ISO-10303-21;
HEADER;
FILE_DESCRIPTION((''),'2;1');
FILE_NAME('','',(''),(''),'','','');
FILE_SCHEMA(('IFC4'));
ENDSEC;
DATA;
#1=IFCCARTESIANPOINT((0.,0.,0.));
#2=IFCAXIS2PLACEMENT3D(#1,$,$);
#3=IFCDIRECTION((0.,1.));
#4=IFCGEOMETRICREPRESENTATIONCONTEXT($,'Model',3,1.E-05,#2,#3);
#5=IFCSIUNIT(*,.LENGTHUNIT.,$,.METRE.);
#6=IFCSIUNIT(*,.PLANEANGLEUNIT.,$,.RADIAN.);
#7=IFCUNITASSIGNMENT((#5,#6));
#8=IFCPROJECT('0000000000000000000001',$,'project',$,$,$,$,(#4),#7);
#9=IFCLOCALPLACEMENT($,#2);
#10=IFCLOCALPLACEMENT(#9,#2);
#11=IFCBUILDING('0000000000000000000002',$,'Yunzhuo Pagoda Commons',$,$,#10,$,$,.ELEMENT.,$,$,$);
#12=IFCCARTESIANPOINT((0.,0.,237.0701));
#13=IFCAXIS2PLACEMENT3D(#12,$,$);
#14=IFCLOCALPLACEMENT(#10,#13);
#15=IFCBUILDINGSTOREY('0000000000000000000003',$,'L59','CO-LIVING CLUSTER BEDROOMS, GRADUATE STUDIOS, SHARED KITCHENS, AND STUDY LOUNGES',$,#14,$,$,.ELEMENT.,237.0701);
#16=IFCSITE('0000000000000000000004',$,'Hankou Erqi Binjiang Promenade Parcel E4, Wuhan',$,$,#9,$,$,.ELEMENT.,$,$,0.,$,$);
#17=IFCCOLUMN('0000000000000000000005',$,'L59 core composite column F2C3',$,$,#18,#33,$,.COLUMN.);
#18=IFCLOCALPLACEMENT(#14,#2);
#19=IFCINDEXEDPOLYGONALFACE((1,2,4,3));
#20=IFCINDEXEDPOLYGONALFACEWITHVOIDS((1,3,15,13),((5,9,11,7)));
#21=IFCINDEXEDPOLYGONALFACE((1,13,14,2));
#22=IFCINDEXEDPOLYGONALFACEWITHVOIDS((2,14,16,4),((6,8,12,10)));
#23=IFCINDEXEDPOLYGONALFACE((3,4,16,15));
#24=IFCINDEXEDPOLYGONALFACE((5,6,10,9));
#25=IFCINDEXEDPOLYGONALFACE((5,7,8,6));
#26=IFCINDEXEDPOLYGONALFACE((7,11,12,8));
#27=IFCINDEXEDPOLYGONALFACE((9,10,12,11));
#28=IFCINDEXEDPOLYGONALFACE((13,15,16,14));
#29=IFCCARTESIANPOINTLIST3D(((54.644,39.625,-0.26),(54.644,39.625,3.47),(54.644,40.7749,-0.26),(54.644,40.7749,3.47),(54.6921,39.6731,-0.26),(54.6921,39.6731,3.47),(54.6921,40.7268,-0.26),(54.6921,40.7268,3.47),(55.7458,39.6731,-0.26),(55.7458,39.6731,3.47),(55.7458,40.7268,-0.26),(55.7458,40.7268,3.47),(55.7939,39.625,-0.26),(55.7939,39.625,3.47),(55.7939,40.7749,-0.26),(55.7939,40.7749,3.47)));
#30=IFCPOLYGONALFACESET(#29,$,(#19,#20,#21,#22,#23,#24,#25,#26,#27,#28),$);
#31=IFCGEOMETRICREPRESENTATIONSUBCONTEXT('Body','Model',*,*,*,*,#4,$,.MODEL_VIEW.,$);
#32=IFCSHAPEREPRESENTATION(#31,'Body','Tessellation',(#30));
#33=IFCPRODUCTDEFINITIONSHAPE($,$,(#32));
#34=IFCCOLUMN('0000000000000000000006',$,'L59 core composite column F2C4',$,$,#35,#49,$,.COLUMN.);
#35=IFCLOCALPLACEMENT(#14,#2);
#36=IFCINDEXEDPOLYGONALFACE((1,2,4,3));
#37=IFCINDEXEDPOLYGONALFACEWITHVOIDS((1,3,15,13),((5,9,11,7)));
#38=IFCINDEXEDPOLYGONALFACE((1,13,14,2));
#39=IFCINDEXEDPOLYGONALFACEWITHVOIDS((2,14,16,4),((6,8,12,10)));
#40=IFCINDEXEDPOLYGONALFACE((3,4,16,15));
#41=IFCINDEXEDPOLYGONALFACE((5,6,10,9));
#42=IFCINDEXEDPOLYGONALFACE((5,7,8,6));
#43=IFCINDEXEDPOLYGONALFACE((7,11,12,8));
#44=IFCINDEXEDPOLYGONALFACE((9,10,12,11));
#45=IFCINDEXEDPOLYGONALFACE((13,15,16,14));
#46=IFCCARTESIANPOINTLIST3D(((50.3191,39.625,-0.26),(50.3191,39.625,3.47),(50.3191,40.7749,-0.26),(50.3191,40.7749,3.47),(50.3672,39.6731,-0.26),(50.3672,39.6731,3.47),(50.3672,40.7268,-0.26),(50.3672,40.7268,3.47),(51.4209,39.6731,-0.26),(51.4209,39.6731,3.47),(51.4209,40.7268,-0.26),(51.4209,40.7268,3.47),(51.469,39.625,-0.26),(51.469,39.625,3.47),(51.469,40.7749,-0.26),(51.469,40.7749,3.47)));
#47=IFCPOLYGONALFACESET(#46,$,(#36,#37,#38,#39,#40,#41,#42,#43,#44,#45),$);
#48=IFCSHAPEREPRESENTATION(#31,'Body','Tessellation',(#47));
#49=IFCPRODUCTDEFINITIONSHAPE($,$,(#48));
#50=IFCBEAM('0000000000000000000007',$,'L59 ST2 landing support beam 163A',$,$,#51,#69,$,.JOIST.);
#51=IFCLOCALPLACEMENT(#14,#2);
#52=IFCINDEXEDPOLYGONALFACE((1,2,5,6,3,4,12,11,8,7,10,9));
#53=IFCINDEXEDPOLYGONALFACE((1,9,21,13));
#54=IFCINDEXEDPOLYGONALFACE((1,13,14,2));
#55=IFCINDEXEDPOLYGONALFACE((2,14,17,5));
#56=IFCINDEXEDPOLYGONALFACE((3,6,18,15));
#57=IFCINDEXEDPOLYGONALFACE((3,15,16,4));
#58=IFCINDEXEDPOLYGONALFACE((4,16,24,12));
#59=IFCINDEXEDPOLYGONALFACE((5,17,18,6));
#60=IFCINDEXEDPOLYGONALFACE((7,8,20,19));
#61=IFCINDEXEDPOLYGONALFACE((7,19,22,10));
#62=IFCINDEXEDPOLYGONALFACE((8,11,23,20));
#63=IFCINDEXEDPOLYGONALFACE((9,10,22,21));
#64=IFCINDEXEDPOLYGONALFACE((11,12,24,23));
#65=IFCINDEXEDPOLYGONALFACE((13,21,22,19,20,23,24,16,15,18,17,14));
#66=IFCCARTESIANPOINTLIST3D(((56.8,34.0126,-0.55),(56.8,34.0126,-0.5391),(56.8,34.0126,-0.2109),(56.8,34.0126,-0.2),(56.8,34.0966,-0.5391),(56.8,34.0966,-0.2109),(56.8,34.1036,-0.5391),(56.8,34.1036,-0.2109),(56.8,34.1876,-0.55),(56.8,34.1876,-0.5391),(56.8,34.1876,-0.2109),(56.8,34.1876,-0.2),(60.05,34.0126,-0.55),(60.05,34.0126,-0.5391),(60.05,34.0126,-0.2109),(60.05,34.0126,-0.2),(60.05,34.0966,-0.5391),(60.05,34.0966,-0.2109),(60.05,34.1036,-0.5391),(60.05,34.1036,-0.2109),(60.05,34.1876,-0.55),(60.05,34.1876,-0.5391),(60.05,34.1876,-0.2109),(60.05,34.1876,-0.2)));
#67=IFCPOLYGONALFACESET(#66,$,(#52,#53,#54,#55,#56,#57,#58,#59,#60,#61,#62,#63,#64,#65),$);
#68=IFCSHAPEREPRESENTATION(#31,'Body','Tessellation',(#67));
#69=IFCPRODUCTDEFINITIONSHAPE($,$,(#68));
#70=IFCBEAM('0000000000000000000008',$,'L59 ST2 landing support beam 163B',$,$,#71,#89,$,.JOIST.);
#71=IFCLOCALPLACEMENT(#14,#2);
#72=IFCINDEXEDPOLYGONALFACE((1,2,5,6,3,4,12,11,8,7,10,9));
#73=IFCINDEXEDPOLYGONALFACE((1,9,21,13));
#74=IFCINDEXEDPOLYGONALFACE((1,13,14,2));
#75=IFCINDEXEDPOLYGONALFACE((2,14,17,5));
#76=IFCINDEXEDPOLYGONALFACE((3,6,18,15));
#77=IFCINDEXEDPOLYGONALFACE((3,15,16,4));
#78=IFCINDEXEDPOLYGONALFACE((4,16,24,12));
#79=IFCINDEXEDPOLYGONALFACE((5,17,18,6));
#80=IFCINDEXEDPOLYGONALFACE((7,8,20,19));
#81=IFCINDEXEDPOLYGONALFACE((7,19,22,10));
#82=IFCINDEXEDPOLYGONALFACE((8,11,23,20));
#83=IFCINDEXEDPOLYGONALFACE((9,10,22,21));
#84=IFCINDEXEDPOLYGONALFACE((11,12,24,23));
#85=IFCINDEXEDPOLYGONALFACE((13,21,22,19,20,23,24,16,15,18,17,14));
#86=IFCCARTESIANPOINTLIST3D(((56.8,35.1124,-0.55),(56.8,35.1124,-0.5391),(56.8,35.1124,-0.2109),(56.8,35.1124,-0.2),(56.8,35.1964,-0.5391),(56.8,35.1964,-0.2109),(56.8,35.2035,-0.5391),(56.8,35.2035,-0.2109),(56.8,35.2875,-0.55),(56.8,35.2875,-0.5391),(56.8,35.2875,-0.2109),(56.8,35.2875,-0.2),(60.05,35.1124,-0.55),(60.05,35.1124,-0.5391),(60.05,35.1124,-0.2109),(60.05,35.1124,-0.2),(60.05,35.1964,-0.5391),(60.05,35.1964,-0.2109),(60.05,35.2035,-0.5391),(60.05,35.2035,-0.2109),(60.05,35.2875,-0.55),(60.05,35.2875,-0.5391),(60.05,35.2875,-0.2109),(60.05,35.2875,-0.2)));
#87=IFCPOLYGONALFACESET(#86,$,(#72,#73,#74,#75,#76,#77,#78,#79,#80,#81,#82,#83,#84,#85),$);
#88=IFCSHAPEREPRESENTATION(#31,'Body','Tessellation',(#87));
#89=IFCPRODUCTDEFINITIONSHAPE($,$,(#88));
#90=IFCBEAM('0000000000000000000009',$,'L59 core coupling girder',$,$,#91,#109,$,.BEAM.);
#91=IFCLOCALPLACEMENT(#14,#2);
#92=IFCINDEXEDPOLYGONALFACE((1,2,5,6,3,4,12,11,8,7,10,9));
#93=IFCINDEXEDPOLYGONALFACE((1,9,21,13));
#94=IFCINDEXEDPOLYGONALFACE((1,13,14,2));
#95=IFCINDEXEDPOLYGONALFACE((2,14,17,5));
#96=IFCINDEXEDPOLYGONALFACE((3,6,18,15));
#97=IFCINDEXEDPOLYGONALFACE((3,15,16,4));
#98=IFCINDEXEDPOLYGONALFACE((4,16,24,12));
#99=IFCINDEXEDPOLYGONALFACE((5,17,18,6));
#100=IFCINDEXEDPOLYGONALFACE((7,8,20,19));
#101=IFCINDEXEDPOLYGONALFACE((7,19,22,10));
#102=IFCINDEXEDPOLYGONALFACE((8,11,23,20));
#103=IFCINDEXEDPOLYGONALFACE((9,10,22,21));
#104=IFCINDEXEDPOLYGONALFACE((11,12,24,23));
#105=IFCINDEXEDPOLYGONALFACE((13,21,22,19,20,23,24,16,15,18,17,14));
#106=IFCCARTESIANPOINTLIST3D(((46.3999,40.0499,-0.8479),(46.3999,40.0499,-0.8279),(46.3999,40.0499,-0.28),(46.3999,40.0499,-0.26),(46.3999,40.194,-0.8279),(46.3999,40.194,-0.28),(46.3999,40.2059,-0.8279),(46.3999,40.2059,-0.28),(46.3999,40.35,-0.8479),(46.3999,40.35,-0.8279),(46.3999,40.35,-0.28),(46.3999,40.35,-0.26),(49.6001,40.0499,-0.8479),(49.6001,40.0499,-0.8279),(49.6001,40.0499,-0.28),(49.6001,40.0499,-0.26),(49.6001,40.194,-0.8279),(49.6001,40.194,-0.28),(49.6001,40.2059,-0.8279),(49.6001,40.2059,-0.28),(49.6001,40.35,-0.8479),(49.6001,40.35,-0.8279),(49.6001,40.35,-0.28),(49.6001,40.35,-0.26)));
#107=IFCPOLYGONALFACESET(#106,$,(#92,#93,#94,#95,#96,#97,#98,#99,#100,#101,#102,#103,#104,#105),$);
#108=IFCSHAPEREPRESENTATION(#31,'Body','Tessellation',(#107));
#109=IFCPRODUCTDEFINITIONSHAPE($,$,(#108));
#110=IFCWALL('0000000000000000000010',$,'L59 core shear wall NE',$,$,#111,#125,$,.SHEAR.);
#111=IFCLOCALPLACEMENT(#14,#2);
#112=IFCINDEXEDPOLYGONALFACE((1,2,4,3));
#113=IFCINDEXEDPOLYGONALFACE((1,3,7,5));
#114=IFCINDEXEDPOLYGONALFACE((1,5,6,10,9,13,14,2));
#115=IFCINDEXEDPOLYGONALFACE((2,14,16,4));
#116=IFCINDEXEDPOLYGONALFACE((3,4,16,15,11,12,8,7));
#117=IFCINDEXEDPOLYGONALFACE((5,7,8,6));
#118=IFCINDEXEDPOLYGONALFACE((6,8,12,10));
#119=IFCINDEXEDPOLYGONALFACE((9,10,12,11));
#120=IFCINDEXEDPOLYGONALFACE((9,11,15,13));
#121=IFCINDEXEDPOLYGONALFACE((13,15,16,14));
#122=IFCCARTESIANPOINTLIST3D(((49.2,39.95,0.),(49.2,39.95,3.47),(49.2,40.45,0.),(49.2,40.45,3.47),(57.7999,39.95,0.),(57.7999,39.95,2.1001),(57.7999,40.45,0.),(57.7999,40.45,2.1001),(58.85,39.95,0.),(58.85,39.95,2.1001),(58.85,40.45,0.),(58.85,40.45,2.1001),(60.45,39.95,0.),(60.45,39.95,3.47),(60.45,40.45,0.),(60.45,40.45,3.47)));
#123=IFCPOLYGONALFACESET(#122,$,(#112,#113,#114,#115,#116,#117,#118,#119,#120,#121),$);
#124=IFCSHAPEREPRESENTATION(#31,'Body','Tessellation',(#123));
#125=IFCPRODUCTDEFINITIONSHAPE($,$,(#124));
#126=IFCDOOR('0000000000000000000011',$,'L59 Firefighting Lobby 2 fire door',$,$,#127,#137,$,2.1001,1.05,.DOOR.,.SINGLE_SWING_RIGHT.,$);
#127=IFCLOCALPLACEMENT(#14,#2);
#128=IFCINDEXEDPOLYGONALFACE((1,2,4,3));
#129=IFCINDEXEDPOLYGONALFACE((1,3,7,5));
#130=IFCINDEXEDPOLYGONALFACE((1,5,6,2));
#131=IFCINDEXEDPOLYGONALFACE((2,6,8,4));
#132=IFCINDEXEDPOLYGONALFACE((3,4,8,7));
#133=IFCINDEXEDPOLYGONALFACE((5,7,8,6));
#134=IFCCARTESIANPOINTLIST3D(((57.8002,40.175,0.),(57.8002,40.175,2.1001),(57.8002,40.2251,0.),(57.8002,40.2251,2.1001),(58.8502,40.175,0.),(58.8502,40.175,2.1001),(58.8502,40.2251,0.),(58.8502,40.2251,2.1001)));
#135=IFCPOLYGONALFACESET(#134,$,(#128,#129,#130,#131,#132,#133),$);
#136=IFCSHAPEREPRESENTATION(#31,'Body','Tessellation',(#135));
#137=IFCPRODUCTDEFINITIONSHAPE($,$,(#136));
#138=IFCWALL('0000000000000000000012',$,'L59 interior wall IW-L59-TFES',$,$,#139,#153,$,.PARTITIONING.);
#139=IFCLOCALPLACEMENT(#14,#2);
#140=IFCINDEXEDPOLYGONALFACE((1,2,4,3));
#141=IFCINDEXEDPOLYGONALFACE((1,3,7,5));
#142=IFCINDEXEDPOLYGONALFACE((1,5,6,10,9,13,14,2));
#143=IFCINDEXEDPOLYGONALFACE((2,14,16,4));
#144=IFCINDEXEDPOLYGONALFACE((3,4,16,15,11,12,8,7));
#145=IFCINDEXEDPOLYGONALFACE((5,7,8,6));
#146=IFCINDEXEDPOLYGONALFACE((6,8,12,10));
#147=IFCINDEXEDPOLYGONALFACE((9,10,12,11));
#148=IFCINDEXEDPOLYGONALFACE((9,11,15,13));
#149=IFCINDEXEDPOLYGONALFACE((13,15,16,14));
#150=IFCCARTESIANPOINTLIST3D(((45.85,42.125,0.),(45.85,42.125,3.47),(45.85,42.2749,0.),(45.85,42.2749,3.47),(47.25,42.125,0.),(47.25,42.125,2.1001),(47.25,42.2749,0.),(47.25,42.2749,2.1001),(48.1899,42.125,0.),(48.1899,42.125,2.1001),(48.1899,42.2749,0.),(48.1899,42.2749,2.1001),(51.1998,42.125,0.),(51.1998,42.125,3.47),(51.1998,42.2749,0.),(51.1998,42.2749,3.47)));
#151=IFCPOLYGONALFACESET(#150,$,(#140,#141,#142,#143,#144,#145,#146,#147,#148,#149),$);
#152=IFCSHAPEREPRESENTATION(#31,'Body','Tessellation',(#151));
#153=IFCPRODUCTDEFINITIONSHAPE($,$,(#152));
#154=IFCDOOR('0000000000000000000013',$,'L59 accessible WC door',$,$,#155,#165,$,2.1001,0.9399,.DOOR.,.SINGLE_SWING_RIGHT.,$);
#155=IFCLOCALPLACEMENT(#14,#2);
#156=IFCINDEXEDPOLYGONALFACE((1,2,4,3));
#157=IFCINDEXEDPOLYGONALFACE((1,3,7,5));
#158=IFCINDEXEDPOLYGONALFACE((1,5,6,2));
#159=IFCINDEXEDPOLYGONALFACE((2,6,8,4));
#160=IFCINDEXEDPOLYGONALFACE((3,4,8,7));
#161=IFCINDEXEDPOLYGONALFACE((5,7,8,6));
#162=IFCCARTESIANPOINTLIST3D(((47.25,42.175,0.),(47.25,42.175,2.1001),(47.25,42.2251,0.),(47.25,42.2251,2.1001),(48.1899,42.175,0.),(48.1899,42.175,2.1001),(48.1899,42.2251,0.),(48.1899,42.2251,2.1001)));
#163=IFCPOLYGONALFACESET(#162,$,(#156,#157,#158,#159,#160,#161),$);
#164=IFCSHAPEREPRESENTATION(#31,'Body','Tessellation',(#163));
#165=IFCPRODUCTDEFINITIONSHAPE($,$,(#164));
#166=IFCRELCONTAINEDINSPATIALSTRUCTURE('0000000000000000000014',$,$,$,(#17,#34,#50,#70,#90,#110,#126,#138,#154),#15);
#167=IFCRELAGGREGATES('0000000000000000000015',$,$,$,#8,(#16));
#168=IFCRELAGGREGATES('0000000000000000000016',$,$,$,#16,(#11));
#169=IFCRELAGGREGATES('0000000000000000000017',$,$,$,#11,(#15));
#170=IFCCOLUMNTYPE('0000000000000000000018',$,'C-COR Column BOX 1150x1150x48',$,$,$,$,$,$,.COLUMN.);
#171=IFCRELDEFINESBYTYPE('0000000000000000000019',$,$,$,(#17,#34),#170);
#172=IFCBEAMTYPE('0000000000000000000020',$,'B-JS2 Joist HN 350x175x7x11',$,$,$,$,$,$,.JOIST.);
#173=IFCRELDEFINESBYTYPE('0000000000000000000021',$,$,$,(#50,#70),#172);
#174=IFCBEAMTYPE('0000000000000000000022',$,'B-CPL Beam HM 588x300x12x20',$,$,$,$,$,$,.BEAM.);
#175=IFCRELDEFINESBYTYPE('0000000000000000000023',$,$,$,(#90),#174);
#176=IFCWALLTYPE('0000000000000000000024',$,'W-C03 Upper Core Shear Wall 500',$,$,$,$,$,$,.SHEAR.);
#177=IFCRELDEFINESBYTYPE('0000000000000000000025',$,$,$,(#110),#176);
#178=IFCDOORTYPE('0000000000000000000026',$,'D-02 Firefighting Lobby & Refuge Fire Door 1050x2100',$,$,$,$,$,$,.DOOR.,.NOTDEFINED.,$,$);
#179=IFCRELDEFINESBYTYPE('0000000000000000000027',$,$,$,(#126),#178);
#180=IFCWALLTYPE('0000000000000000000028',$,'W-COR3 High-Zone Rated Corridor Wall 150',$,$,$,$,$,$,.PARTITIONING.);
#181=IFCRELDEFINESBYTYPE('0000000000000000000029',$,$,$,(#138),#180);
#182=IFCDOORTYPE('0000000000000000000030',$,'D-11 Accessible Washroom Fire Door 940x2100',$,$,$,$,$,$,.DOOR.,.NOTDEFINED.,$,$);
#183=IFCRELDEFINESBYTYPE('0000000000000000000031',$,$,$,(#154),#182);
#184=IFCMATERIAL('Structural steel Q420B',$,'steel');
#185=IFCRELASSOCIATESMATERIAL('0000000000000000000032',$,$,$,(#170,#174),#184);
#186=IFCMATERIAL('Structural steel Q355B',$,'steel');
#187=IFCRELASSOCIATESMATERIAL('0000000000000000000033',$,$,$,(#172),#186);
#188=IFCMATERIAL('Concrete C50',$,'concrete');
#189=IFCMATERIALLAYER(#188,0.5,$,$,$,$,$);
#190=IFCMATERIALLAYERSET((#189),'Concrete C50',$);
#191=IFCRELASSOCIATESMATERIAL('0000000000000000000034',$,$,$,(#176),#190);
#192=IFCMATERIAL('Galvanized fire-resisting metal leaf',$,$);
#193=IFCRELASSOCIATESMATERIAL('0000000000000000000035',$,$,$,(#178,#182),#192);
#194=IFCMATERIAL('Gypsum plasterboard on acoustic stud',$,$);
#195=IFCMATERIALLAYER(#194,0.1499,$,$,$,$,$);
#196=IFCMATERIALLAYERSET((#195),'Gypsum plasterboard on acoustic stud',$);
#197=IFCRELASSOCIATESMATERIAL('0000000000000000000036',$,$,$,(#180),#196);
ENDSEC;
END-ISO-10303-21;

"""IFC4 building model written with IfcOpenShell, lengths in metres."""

from ifc_helpers import new_model, si_unit, direction, frame, frame_2d, origin, origin_2d, place, context, subcontext, project, spatial, rectangle, hollow_rectangle, i_section, extrude, source, transform, mapped, material, layer, layer_set, material_profile, profile_set, type_object, element, fill, save


model = new_model("IFC4")

# Units and contexts
model_context = context("Model", 3, precision=1e-05, world=origin(), true_north=direction((0.0, 1.0)))
body_context = subcontext(model_context, "Body", "Model", "MODEL_VIEW")
ifc_project = project(units=[si_unit("LENGTHUNIT", "METRE"), si_unit("PLANEANGLEUNIT", "RADIAN")], contexts=[model_context])

# Site, building, storey
site_placement = place(None, origin())
site = spatial("IfcSite", under=ifc_project, at=site_placement, Name="Hankou Erqi Binjiang Promenade Parcel E4, Wuhan", CompositionType="ELEMENT", RefElevation=0.0)
building_placement = place(site_placement, origin())
building = spatial("IfcBuilding", under=site, at=building_placement, Name="Yunzhuo Pagoda Commons", CompositionType="ELEMENT")
storey_placement = place(building_placement, frame((0.0, 0.0, 237.0701)))
storey = spatial("IfcBuildingStorey", under=building, at=storey_placement, Name="L59", Description="CO-LIVING CLUSTER BEDROOMS, GRADUATE STUDIOS, SHARED KITCHENS, AND STUDY LOUNGES", CompositionType="ELEMENT", Elevation=237.0701)

# Columns
ifc_material_1 = material(Name="Structural steel Q420B", Category="steel")
ifc_material_profile_1 = material_profile(ifc_material_1, hollow_rectangle(XDim=1.1499, YDim=1.1499, WallThickness=0.0481, at=origin_2d()), Name="Structural steel Q420B")
ifc_profile_set_1 = profile_set([ifc_material_profile_1], Name="Structural steel Q420B")
column_type = type_object("IfcColumnType", Name="C-COR Column BOX 1150x1150x48", PredefinedType="COLUMN", material=ifc_profile_set_1)
shared_shape_1 = source(origin(), body_context, "Body", "SweptSolid", [
    extrude(hollow_rectangle(XDim=1.1499, YDim=1.1499, WallThickness=0.0481, at=origin_2d()), origin(), (0.0, 0.0, 1.0), 3.73),
])
for number, where, z_axis, x_axis, name in (
    (1, (55.219, 40.2, -0.26), (0.0, 0.0, 1.0), (1.0, 0.0, 0.0), "L59 core composite column F2C3"),
    (2, (50.894, 40.2, -0.26), (0.0, 0.0, 1.0), (1.0, 0.0, 0.0), "L59 core composite column F2C4"),
):
    element("IfcColumn", number, at=place(storey_placement, frame(where, z_axis=z_axis, x_axis=x_axis)), inside=storey, type_object=column_type, Name=name, PredefinedType="COLUMN", context=body_context, shape_type="MappedRepresentation", body=[
        mapped(shared_shape_1, transform((0.0, 0.0, 0.0), scale=1.0)),
    ])

# Beams
ifc_material_2 = material(Name="Structural steel Q355B", Category="steel")
ifc_material_profile_2 = material_profile(ifc_material_2, i_section(OverallWidth=0.175, OverallDepth=0.3501, WebThickness=0.0071, FlangeThickness=0.011, at=origin_2d()), Name="Structural steel Q355B")
ifc_profile_set_2 = profile_set([ifc_material_profile_2], Name="Structural steel Q355B")
beam_type_1 = type_object("IfcBeamType", Name="B-JS2 Joist HN 350x175x7x11", PredefinedType="JOIST", material=ifc_profile_set_2)
shared_shape_2 = source(origin(), body_context, "Body", "SweptSolid", [
    extrude(i_section(OverallWidth=0.175, OverallDepth=0.3501, WebThickness=0.0071, FlangeThickness=0.011, at=origin_2d()), origin(), (0.0, 0.0, 1.0), 3.25),
])
for number, where, z_axis, x_axis, name in (
    (3, (56.8, 34.1001, -0.375), (1.0, 0.0, 0.0), (0.0, 1.0, 0.0), "L59 ST2 landing support beam 163A"),
    (4, (56.8, 35.2, -0.375), (1.0, 0.0, 0.0), (0.0, 1.0, 0.0), "L59 ST2 landing support beam 163B"),
):
    element("IfcBeam", number, at=place(storey_placement, frame(where, z_axis=z_axis, x_axis=x_axis)), inside=storey, type_object=beam_type_1, Name=name, PredefinedType="JOIST", context=body_context, shape_type="MappedRepresentation", body=[
        mapped(shared_shape_2, transform((0.0, 0.0, 0.0), scale=1.0)),
    ])
ifc_material_profile_3 = material_profile(ifc_material_1, i_section(OverallWidth=0.3, OverallDepth=0.5879, WebThickness=0.012, FlangeThickness=0.02, at=origin_2d()), Name="Structural steel Q420B")
ifc_profile_set_3 = profile_set([ifc_material_profile_3], Name="Structural steel Q420B")
beam_type_2 = type_object("IfcBeamType", Name="B-CPL Beam HM 588x300x12x20", PredefinedType="BEAM", material=ifc_profile_set_3)
shared_shape_3 = source(origin(), body_context, "Body", "SweptSolid", [
    extrude(i_section(OverallWidth=0.3, OverallDepth=0.5879, WebThickness=0.012, FlangeThickness=0.02, at=origin_2d()), origin(), (0.0, 0.0, 1.0), 3.2002),
])
beam_placement = place(storey_placement, frame((46.3999, 40.2, -0.554), z_axis=(1.0, 0.0, 0.0), x_axis=(0.0, 1.0, 0.0)))
element("IfcBeam", 5, at=beam_placement, inside=storey, type_object=beam_type_2, Name="L59 core coupling girder", PredefinedType="BEAM", context=body_context, shape_type="MappedRepresentation", body=[
    mapped(shared_shape_3, transform((0.0, 0.0, 0.0), scale=1.0)),
])

# Walls, openings, doors
ifc_material_3 = material(Name="Concrete C50", Category="concrete")
ifc_layer_1 = layer(ifc_material_3, 0.5)
ifc_layer_set_1 = layer_set([ifc_layer_1], Name="Concrete C50")
wall_type_1 = type_object("IfcWallType", Name="W-C03 Upper Core Shear Wall 500", PredefinedType="SHEAR", material=ifc_layer_set_1)
wall_1_placement = place(storey_placement, frame((49.2, 40.2, 0.0), z_axis=(0.0, 0.0, 1.0), x_axis=(1.0, 0.0, 0.0)))
wall_1 = element("IfcWall", 6, at=wall_1_placement, inside=storey, type_object=wall_type_1, Name="L59 core shear wall NE", PredefinedType="SHEAR", context=body_context, shape_type="SweptSolid", body=[
    extrude(rectangle(XDim=11.25, YDim=0.5, at=frame_2d((5.625, 0.0))), origin(), (0.0, 0.0, 1.0), 3.47),
])
opening_1_placement = place(wall_1_placement, frame((8.6001, 0.0, 0.0)))
opening_1 = element("IfcOpeningElement", 7, at=opening_1_placement, cuts=wall_1, PredefinedType="OPENING", context=body_context, shape_type="SweptSolid", body=[
    extrude(rectangle(XDim=1.05, YDim=2.1001, at=frame_2d((0.5249, 1.05))), frame((0.0, 0.26, 0.0), z_axis=(0.0, -1.0, 0.0), x_axis=(1.0, 0.0, 0.0)), (0.0, 0.0, 1.0), 0.52),
])
ifc_material_4 = material(Name="Galvanized fire-resisting metal leaf")
door_type_1 = type_object("IfcDoorType", Name="D-02 Firefighting Lobby & Refuge Fire Door 1050x2100", OperationType="NOTDEFINED", PredefinedType="DOOR", material=ifc_material_4)
shared_shape_4 = source(origin(), body_context, "Body", "SweptSolid", [
    extrude(rectangle(XDim=1.05, YDim=2.1001, at=frame_2d((0.5249, 1.05))), frame((0.0, 0.0249, 0.0), z_axis=(0.0, -1.0, 0.0), x_axis=(1.0, 0.0, 0.0)), (0.0, 0.0, 1.0), 0.05),
])
door_1_placement = place(opening_1_placement, frame((1.05, 0.0, 0.0), z_axis=(0.0, 0.0, 1.0), x_axis=(-1.0, 0.0, 0.0)))
door_1 = element("IfcDoor", 8, at=door_1_placement, inside=storey, type_object=door_type_1, Name="L59 Firefighting Lobby 2 fire door", OperationType="SINGLE_SWING_RIGHT", OverallHeight=2.1001, OverallWidth=1.05, PredefinedType="DOOR", context=body_context, shape_type="MappedRepresentation", body=[
    mapped(shared_shape_4, transform((0.0, 0.0, 0.0), scale=1.0)),
])
fill(opening_1, door_1)
ifc_material_5 = material(Name="Gypsum plasterboard on acoustic stud")
ifc_layer_2 = layer(ifc_material_5, 0.1499)
ifc_layer_set_2 = layer_set([ifc_layer_2], Name="Gypsum plasterboard on acoustic stud")
wall_type_2 = type_object("IfcWallType", Name="W-COR3 High-Zone Rated Corridor Wall 150", PredefinedType="PARTITIONING", material=ifc_layer_set_2)
wall_2_placement = place(storey_placement, frame((45.8501, 42.2, 0.0), z_axis=(0.0, 0.0, 1.0), x_axis=(1.0, 0.0, 0.0)))
wall_2 = element("IfcWall", 9, at=wall_2_placement, inside=storey, type_object=wall_type_2, Name="L59 interior wall IW-L59-TFES", PredefinedType="PARTITIONING", context=body_context, shape_type="SweptSolid", body=[
    extrude(rectangle(XDim=5.3499, YDim=0.1499, at=frame_2d((2.6748, 0.0))), origin(), (0.0, 0.0, 1.0), 3.47),
])
opening_2_placement = place(wall_2_placement, frame((1.3999, 0.0, 0.0)))
opening_2 = element("IfcOpeningElement", 10, at=opening_2_placement, cuts=wall_2, PredefinedType="OPENING", context=body_context, shape_type="SweptSolid", body=[
    extrude(rectangle(XDim=0.9399, YDim=2.1001, at=frame_2d((0.47, 1.05))), frame((0.0, 0.085, 0.0), z_axis=(0.0, -1.0, 0.0), x_axis=(1.0, 0.0, 0.0)), (0.0, 0.0, 1.0), 0.1699),
])
door_type_2 = type_object("IfcDoorType", Name="D-11 Accessible Washroom Fire Door 940x2100", OperationType="NOTDEFINED", PredefinedType="DOOR", material=ifc_material_4)
shared_shape_5 = source(origin(), body_context, "Body", "SweptSolid", [
    extrude(rectangle(XDim=0.9399, YDim=2.1001, at=frame_2d((0.47, 1.05))), frame((0.0, 0.0249, 0.0), z_axis=(0.0, -1.0, 0.0), x_axis=(1.0, 0.0, 0.0)), (0.0, 0.0, 1.0), 0.05),
])
door_2_placement = place(opening_2_placement, frame((0.9399, 0.0, 0.0), z_axis=(0.0, 0.0, 1.0), x_axis=(-1.0, 0.0, 0.0)))
door_2 = element("IfcDoor", 11, at=door_2_placement, inside=storey, type_object=door_type_2, Name="L59 accessible WC door", OperationType="SINGLE_SWING_RIGHT", OverallHeight=2.1001, OverallWidth=0.9399, PredefinedType="DOOR", context=body_context, shape_type="MappedRepresentation", body=[
    mapped(shared_shape_5, transform((0.0, 0.0, 0.0), scale=1.0)),
])
fill(opening_2, door_2)

save(model, "model.ifc")
